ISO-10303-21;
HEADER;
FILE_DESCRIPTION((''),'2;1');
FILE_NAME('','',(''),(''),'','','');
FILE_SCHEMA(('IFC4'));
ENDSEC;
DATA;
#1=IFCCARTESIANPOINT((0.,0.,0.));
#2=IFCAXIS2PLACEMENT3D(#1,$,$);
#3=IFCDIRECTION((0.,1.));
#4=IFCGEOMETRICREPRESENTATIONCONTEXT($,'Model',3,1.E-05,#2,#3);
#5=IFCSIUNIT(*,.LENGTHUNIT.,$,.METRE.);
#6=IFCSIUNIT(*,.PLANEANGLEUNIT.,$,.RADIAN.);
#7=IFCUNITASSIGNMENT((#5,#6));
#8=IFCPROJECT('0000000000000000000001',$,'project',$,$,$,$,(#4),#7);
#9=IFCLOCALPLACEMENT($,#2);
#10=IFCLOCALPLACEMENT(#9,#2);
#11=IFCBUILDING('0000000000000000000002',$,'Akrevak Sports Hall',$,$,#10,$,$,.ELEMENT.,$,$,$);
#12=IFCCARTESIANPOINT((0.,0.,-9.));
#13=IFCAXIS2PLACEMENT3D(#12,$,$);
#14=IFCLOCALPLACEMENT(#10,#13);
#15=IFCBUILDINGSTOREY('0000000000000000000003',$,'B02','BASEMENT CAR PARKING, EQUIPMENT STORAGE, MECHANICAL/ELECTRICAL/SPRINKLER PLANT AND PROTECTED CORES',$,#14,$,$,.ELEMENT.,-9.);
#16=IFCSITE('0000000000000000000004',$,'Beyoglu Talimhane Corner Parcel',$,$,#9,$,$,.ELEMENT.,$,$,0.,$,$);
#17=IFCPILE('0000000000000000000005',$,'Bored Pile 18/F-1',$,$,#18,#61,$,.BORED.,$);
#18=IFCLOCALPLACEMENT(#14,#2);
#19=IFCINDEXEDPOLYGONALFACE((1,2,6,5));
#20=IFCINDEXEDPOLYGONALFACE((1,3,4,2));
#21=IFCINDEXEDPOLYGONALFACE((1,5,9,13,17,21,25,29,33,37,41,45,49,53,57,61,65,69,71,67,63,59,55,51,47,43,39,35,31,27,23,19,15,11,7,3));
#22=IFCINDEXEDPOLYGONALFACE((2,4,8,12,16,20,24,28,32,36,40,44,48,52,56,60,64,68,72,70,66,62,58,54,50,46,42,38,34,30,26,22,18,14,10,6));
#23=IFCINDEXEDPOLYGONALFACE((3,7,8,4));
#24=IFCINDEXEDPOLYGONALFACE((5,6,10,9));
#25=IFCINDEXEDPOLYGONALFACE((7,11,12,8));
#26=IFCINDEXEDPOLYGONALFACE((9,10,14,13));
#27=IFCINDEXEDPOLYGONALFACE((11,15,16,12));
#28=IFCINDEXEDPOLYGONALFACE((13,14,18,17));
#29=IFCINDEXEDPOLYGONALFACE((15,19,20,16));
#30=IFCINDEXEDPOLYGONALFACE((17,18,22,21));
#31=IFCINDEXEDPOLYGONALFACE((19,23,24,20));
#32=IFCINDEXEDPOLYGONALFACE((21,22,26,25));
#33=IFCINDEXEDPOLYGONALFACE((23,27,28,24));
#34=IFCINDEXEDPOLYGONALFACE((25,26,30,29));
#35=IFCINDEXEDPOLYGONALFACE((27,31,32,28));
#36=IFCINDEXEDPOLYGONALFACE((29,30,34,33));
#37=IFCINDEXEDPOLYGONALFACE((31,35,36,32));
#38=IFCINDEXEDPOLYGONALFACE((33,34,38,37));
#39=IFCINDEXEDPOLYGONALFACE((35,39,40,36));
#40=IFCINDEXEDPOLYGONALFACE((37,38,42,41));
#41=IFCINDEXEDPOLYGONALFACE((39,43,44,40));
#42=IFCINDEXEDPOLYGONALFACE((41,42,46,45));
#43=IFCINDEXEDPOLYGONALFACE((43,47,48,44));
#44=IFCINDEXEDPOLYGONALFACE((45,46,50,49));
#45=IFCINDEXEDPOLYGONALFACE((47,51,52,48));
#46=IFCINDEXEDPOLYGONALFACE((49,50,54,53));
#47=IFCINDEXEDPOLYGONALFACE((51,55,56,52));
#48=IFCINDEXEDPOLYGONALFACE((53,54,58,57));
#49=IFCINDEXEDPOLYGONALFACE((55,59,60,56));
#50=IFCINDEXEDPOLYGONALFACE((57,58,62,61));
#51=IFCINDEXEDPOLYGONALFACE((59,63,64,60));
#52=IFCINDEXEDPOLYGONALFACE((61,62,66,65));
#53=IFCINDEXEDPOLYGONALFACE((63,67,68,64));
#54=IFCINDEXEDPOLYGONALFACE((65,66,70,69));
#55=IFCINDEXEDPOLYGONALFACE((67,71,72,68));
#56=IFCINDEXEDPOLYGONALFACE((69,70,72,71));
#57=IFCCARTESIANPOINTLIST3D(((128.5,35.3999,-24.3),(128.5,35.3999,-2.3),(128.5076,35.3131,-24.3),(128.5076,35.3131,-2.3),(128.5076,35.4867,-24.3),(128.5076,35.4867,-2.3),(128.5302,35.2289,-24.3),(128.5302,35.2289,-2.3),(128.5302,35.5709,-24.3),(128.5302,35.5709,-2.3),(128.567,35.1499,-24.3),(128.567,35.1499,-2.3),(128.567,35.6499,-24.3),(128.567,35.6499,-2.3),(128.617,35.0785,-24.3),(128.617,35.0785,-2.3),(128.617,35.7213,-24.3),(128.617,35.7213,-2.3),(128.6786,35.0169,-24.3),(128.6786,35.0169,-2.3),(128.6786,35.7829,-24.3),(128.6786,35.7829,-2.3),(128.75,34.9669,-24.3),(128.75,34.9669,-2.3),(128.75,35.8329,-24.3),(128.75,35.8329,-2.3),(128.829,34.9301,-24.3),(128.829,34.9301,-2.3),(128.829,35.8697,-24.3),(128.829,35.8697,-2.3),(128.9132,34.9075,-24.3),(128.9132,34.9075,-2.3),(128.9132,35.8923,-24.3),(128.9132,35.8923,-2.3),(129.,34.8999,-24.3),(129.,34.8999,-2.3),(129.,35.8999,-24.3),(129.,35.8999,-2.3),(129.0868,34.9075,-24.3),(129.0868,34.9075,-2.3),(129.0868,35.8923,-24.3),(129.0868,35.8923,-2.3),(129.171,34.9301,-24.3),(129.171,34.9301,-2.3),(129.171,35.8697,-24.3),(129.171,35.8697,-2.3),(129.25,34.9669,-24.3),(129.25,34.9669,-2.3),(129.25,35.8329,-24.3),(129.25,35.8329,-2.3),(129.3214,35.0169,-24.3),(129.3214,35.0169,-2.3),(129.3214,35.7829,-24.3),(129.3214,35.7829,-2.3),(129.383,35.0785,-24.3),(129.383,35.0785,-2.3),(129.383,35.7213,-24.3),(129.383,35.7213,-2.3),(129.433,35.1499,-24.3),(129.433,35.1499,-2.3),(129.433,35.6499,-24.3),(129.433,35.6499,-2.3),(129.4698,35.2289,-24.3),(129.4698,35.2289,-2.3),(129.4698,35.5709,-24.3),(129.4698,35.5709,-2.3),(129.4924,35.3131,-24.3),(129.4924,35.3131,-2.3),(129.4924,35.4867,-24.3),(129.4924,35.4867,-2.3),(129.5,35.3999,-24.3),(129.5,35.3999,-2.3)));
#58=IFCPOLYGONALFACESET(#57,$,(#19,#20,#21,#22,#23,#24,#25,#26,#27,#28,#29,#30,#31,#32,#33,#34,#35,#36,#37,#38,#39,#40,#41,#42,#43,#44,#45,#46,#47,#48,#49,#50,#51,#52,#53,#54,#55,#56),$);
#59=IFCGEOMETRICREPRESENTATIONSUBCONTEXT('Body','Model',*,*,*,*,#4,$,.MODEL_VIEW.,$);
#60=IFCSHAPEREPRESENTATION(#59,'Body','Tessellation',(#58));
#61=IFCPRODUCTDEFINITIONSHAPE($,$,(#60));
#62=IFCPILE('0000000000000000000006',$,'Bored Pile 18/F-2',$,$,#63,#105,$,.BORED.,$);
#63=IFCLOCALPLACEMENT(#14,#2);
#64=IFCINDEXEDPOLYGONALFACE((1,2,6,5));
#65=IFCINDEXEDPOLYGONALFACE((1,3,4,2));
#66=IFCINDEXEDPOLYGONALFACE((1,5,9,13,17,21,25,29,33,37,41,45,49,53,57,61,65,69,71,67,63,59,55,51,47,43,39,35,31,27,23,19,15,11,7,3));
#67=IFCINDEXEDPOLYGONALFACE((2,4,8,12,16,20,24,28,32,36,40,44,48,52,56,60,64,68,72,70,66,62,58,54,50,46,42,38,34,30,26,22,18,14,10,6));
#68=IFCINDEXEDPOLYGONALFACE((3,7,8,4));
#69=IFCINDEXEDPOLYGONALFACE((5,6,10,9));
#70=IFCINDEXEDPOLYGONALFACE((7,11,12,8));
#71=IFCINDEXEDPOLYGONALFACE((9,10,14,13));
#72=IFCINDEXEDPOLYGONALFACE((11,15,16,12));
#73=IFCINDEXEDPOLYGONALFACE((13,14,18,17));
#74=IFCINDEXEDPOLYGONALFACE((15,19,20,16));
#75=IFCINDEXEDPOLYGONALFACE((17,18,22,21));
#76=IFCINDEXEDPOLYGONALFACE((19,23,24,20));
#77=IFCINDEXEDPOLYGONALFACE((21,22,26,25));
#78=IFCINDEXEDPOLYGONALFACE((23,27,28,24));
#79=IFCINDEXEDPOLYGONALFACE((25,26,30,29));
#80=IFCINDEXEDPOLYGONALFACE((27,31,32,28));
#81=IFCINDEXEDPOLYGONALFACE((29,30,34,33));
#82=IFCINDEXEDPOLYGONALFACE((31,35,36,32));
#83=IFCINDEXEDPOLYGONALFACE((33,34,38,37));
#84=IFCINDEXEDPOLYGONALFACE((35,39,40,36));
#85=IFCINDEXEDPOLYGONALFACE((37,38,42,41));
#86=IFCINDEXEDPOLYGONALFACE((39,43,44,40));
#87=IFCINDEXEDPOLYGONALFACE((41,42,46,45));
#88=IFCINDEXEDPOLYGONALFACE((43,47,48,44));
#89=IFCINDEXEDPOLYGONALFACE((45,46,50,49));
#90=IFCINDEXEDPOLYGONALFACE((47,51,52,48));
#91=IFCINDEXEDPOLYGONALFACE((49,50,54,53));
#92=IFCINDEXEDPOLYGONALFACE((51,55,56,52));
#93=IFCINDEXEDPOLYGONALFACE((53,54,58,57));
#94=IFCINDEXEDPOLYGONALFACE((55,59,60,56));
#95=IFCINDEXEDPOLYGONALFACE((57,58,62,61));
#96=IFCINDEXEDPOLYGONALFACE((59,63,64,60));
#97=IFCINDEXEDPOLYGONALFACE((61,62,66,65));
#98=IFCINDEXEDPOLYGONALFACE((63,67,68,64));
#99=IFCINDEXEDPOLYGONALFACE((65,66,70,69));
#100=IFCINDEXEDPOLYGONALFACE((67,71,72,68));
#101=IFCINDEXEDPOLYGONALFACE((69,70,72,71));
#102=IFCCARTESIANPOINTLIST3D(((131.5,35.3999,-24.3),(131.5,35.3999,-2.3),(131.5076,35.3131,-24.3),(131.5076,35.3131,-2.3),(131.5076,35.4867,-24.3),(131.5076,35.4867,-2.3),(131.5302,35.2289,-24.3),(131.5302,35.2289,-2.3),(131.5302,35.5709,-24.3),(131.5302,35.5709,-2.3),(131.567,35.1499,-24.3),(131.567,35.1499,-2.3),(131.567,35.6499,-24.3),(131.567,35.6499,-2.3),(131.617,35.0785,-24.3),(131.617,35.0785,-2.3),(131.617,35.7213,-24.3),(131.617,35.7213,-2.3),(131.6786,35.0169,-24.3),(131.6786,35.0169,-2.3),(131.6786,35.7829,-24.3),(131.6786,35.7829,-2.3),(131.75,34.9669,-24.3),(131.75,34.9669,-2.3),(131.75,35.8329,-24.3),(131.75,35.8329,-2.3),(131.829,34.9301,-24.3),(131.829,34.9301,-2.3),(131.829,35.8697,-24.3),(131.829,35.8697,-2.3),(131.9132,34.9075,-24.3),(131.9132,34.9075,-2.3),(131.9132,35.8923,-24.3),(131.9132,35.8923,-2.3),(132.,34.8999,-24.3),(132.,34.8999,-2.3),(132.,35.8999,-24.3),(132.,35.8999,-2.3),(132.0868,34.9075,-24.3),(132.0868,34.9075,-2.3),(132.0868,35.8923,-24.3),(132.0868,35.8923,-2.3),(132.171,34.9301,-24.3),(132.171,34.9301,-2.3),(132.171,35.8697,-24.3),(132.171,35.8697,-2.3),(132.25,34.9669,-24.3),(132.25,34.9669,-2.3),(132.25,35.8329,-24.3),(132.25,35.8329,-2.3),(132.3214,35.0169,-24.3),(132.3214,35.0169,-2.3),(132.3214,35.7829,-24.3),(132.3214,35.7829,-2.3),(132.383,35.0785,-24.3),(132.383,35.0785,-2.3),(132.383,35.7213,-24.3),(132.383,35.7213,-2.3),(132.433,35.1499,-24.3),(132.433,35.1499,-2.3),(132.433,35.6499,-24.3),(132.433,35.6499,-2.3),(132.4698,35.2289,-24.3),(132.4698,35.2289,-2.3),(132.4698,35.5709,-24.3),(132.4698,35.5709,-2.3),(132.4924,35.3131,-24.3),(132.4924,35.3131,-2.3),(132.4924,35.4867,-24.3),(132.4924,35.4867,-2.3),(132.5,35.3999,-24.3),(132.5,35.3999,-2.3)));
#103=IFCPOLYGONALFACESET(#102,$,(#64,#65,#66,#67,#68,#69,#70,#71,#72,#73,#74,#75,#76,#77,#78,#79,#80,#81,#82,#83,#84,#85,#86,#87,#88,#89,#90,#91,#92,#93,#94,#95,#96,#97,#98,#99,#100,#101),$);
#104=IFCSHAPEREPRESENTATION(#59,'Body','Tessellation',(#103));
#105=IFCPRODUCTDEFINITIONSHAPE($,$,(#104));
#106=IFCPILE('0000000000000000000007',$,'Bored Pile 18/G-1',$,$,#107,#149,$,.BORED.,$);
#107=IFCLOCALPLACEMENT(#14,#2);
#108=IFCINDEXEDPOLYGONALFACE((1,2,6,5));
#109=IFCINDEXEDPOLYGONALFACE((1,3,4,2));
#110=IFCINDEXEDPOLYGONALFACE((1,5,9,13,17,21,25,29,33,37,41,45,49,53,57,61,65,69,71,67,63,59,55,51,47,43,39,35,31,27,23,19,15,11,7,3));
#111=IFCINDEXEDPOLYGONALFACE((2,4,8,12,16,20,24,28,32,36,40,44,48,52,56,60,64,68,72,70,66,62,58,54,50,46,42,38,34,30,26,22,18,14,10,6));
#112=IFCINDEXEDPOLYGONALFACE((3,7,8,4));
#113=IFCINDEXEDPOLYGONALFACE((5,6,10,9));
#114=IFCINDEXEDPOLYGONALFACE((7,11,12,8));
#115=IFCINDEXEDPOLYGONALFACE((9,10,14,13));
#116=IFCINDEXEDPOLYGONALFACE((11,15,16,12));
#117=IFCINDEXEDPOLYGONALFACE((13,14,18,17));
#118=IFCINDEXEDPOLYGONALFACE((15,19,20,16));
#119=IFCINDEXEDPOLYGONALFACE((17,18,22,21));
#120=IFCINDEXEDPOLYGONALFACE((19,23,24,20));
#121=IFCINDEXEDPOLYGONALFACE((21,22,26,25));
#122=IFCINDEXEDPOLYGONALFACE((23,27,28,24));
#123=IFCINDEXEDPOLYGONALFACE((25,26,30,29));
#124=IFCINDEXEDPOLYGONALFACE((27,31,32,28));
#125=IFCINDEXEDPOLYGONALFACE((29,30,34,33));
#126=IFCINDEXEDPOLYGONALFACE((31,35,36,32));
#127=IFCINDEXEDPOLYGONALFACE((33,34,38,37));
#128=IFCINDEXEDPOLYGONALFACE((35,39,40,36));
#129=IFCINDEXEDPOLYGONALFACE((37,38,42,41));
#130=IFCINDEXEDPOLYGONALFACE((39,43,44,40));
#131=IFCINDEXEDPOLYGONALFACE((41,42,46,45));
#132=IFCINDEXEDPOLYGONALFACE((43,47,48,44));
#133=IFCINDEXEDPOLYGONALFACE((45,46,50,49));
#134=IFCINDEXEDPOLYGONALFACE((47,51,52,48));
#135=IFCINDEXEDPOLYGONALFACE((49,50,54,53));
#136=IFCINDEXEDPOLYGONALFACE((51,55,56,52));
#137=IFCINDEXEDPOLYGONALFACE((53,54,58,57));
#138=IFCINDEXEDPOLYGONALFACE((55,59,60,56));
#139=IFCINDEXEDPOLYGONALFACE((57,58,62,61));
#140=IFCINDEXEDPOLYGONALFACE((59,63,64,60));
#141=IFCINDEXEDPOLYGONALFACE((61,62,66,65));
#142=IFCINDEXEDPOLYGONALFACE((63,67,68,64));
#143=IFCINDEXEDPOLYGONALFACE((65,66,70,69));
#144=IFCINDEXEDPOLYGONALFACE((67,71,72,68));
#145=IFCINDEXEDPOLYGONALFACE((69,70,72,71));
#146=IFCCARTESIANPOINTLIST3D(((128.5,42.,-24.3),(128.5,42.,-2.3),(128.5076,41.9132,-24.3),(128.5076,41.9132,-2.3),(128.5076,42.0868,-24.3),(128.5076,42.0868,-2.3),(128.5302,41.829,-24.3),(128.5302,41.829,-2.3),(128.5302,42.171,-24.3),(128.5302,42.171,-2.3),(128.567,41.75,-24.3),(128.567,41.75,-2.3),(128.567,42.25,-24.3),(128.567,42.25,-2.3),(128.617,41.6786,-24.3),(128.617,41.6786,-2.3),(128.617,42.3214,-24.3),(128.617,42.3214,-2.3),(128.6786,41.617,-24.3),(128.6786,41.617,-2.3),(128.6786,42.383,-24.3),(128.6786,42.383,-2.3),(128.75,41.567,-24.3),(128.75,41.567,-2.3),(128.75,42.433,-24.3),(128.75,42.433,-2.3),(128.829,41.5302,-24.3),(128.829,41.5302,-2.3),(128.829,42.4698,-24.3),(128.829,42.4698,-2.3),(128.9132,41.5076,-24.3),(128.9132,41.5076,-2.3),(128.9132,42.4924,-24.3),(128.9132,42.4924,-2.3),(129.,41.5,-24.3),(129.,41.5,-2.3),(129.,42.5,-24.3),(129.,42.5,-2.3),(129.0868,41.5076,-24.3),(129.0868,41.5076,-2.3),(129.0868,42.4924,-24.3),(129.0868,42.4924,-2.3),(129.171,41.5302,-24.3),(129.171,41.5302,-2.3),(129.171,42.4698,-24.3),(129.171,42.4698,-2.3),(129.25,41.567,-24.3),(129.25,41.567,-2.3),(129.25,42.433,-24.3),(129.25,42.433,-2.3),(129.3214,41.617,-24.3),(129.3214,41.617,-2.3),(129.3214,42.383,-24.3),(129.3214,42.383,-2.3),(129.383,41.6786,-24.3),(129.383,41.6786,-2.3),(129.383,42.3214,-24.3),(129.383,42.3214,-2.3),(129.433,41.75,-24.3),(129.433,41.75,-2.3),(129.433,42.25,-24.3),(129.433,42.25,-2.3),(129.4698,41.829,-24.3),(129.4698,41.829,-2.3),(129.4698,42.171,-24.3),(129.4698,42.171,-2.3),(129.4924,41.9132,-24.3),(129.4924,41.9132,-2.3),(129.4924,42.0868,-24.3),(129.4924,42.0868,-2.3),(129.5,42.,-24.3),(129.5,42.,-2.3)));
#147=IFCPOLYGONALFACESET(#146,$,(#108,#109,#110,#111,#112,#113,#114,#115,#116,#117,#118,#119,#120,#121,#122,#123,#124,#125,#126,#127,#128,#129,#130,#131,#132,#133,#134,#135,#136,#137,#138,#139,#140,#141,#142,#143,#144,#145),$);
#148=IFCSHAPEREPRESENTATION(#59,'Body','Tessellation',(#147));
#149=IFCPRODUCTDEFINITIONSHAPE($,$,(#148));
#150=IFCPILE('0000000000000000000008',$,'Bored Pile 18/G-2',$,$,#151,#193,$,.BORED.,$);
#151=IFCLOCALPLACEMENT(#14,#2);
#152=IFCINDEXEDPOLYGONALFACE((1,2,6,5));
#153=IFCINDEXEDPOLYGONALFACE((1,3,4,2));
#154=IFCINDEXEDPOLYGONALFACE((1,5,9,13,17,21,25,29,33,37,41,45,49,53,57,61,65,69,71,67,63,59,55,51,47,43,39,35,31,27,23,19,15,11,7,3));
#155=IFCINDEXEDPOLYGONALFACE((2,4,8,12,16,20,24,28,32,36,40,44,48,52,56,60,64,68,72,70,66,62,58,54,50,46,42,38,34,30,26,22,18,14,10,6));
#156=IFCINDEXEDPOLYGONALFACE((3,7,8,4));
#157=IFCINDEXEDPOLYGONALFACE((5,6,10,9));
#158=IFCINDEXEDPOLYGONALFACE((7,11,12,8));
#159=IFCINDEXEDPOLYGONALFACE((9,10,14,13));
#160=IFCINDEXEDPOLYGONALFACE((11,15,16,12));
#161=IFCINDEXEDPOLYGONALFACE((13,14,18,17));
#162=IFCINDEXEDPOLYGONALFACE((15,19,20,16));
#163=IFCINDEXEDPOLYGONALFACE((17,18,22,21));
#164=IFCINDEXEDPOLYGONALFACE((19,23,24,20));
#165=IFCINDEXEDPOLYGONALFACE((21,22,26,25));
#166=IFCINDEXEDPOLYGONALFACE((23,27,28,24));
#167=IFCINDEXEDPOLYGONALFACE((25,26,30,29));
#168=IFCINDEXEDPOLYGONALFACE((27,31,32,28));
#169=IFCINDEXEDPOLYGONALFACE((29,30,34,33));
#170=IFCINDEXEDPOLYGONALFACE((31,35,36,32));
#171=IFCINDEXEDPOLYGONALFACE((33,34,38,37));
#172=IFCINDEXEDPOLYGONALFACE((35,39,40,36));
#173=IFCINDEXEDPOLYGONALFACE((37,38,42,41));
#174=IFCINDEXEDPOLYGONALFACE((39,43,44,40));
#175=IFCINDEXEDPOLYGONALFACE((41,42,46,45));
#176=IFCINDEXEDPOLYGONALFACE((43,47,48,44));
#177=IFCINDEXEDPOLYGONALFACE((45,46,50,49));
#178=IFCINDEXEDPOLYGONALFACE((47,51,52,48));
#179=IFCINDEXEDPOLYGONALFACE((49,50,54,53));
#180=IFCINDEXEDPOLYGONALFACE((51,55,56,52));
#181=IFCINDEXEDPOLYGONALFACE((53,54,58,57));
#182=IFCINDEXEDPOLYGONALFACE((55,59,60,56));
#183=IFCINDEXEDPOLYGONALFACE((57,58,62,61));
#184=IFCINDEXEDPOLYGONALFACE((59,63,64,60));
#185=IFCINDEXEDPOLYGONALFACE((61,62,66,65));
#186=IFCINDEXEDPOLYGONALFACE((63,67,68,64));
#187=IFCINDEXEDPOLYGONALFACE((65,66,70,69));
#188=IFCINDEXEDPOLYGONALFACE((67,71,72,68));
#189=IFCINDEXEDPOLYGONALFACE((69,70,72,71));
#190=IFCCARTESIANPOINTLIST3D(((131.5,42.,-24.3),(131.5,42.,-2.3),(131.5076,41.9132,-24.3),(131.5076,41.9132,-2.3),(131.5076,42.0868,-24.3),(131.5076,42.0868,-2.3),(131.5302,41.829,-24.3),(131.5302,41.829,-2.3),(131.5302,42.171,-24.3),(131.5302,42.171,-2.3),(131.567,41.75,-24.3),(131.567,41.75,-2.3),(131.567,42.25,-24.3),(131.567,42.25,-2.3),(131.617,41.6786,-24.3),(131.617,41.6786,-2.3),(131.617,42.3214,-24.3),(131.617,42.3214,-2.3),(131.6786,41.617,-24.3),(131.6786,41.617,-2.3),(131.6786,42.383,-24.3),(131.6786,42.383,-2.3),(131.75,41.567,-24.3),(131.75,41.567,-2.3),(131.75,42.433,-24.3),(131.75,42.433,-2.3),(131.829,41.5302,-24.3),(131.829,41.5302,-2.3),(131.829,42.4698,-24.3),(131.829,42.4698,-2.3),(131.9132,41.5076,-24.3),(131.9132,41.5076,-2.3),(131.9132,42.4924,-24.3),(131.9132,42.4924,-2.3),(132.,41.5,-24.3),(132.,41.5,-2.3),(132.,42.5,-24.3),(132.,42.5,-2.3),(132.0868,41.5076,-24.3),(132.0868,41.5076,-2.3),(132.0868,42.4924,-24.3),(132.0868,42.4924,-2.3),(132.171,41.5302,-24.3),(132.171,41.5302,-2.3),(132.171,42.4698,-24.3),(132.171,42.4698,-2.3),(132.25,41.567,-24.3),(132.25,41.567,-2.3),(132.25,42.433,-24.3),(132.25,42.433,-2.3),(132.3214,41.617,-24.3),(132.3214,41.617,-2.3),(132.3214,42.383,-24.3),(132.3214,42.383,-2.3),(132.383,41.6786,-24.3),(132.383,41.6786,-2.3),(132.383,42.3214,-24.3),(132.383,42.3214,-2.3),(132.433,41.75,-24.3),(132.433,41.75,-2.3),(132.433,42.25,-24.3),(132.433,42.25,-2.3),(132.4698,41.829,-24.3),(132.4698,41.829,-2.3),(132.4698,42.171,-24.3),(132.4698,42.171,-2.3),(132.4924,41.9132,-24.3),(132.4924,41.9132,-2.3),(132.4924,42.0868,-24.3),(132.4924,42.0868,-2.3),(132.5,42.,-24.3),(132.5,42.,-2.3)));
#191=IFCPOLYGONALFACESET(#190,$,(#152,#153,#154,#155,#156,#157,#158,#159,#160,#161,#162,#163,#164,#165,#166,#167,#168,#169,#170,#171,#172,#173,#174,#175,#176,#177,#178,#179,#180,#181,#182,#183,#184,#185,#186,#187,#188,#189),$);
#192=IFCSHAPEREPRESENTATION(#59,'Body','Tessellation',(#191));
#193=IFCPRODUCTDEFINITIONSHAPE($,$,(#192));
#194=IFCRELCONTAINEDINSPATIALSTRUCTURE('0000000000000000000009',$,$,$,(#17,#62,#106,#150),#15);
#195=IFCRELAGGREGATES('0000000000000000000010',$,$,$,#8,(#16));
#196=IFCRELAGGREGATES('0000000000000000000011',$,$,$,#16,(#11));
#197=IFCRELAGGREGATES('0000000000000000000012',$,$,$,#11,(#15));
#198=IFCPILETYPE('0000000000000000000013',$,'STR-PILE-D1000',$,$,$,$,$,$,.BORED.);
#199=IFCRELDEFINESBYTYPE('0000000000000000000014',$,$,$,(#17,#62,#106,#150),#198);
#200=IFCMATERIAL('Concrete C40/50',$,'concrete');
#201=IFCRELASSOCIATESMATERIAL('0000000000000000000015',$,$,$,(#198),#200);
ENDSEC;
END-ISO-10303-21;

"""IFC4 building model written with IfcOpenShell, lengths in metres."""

from ifc_helpers import new_model, si_unit, direction, frame, origin, origin_2d, place, context, subcontext, project, spatial, circle, extrude, material, material_profile, profile_set, type_object, element, save


model = new_model("IFC4")

# Units and contexts
model_context = context("Model", 3, precision=1e-05, world=origin(), true_north=direction((0.0, 1.0)))
body_context = subcontext(model_context, "Body", "Model", "MODEL_VIEW")
ifc_project = project(units=[si_unit("LENGTHUNIT", "METRE"), si_unit("PLANEANGLEUNIT", "RADIAN")], contexts=[model_context])

# Site, building, storey
site_placement = place(None, origin())
site = spatial("IfcSite", under=ifc_project, at=site_placement, Name="Beyoglu Talimhane Corner Parcel", CompositionType="ELEMENT", RefElevation=0.0)
building_placement = place(site_placement, origin())
building = spatial("IfcBuilding", under=site, at=building_placement, Name="Akrevak Sports Hall", CompositionType="ELEMENT")
storey_placement = place(building_placement, frame((0.0, 0.0, -9.0)))
storey = spatial("IfcBuildingStorey", under=building, at=storey_placement, Name="B02", Description="BASEMENT CAR PARKING, EQUIPMENT STORAGE, MECHANICAL/ELECTRICAL/SPRINKLER PLANT AND PROTECTED CORES", CompositionType="ELEMENT", Elevation=-9.0)

# Shared definitions
ifc_material_1 = material(Name="Concrete C40/50", Category="concrete")

# Piles
ifc_material_profile_1 = material_profile(ifc_material_1, circle(Radius=0.5, at=origin_2d()), Name="BORED PILE D1000", Category="concrete")
ifc_profile_set_1 = profile_set([ifc_material_profile_1], Name="Concrete C40/50")
pile_type_1 = type_object("IfcPileType", Name="STR-PILE-D1000", PredefinedType="BORED", material=ifc_profile_set_1)
for number, where, z_axis, x_axis, name in (
    (1, (129.0, 35.3999, -2.3), (0.0, 0.0, -1.0), (1.0, 0.0, 0.0), "Bored Pile 18/F-1"),
    (2, (132.0, 35.3999, -2.3), (0.0, 0.0, -1.0), (1.0, 0.0, 0.0), "Bored Pile 18/F-2"),
    (3, (129.0, 42.0, -2.3), (0.0, 0.0, -1.0), (1.0, 0.0, 0.0), "Bored Pile 18/G-1"),
    (4, (132.0, 42.0, -2.3), (0.0, 0.0, -1.0), (1.0, 0.0, 0.0), "Bored Pile 18/G-2"),
):
    element("IfcPile", number, at=place(storey_placement, frame(where, z_axis=z_axis, x_axis=x_axis)), inside=storey, type_object=pile_type_1, Name=name, PredefinedType="BORED", context=body_context, shape_type="SweptSolid", body=[
        extrude(circle(Radius=0.5, at=origin_2d()), origin(), (0.0, 0.0, 1.0), 22.0),
    ])

save(model, "model.ifc")
